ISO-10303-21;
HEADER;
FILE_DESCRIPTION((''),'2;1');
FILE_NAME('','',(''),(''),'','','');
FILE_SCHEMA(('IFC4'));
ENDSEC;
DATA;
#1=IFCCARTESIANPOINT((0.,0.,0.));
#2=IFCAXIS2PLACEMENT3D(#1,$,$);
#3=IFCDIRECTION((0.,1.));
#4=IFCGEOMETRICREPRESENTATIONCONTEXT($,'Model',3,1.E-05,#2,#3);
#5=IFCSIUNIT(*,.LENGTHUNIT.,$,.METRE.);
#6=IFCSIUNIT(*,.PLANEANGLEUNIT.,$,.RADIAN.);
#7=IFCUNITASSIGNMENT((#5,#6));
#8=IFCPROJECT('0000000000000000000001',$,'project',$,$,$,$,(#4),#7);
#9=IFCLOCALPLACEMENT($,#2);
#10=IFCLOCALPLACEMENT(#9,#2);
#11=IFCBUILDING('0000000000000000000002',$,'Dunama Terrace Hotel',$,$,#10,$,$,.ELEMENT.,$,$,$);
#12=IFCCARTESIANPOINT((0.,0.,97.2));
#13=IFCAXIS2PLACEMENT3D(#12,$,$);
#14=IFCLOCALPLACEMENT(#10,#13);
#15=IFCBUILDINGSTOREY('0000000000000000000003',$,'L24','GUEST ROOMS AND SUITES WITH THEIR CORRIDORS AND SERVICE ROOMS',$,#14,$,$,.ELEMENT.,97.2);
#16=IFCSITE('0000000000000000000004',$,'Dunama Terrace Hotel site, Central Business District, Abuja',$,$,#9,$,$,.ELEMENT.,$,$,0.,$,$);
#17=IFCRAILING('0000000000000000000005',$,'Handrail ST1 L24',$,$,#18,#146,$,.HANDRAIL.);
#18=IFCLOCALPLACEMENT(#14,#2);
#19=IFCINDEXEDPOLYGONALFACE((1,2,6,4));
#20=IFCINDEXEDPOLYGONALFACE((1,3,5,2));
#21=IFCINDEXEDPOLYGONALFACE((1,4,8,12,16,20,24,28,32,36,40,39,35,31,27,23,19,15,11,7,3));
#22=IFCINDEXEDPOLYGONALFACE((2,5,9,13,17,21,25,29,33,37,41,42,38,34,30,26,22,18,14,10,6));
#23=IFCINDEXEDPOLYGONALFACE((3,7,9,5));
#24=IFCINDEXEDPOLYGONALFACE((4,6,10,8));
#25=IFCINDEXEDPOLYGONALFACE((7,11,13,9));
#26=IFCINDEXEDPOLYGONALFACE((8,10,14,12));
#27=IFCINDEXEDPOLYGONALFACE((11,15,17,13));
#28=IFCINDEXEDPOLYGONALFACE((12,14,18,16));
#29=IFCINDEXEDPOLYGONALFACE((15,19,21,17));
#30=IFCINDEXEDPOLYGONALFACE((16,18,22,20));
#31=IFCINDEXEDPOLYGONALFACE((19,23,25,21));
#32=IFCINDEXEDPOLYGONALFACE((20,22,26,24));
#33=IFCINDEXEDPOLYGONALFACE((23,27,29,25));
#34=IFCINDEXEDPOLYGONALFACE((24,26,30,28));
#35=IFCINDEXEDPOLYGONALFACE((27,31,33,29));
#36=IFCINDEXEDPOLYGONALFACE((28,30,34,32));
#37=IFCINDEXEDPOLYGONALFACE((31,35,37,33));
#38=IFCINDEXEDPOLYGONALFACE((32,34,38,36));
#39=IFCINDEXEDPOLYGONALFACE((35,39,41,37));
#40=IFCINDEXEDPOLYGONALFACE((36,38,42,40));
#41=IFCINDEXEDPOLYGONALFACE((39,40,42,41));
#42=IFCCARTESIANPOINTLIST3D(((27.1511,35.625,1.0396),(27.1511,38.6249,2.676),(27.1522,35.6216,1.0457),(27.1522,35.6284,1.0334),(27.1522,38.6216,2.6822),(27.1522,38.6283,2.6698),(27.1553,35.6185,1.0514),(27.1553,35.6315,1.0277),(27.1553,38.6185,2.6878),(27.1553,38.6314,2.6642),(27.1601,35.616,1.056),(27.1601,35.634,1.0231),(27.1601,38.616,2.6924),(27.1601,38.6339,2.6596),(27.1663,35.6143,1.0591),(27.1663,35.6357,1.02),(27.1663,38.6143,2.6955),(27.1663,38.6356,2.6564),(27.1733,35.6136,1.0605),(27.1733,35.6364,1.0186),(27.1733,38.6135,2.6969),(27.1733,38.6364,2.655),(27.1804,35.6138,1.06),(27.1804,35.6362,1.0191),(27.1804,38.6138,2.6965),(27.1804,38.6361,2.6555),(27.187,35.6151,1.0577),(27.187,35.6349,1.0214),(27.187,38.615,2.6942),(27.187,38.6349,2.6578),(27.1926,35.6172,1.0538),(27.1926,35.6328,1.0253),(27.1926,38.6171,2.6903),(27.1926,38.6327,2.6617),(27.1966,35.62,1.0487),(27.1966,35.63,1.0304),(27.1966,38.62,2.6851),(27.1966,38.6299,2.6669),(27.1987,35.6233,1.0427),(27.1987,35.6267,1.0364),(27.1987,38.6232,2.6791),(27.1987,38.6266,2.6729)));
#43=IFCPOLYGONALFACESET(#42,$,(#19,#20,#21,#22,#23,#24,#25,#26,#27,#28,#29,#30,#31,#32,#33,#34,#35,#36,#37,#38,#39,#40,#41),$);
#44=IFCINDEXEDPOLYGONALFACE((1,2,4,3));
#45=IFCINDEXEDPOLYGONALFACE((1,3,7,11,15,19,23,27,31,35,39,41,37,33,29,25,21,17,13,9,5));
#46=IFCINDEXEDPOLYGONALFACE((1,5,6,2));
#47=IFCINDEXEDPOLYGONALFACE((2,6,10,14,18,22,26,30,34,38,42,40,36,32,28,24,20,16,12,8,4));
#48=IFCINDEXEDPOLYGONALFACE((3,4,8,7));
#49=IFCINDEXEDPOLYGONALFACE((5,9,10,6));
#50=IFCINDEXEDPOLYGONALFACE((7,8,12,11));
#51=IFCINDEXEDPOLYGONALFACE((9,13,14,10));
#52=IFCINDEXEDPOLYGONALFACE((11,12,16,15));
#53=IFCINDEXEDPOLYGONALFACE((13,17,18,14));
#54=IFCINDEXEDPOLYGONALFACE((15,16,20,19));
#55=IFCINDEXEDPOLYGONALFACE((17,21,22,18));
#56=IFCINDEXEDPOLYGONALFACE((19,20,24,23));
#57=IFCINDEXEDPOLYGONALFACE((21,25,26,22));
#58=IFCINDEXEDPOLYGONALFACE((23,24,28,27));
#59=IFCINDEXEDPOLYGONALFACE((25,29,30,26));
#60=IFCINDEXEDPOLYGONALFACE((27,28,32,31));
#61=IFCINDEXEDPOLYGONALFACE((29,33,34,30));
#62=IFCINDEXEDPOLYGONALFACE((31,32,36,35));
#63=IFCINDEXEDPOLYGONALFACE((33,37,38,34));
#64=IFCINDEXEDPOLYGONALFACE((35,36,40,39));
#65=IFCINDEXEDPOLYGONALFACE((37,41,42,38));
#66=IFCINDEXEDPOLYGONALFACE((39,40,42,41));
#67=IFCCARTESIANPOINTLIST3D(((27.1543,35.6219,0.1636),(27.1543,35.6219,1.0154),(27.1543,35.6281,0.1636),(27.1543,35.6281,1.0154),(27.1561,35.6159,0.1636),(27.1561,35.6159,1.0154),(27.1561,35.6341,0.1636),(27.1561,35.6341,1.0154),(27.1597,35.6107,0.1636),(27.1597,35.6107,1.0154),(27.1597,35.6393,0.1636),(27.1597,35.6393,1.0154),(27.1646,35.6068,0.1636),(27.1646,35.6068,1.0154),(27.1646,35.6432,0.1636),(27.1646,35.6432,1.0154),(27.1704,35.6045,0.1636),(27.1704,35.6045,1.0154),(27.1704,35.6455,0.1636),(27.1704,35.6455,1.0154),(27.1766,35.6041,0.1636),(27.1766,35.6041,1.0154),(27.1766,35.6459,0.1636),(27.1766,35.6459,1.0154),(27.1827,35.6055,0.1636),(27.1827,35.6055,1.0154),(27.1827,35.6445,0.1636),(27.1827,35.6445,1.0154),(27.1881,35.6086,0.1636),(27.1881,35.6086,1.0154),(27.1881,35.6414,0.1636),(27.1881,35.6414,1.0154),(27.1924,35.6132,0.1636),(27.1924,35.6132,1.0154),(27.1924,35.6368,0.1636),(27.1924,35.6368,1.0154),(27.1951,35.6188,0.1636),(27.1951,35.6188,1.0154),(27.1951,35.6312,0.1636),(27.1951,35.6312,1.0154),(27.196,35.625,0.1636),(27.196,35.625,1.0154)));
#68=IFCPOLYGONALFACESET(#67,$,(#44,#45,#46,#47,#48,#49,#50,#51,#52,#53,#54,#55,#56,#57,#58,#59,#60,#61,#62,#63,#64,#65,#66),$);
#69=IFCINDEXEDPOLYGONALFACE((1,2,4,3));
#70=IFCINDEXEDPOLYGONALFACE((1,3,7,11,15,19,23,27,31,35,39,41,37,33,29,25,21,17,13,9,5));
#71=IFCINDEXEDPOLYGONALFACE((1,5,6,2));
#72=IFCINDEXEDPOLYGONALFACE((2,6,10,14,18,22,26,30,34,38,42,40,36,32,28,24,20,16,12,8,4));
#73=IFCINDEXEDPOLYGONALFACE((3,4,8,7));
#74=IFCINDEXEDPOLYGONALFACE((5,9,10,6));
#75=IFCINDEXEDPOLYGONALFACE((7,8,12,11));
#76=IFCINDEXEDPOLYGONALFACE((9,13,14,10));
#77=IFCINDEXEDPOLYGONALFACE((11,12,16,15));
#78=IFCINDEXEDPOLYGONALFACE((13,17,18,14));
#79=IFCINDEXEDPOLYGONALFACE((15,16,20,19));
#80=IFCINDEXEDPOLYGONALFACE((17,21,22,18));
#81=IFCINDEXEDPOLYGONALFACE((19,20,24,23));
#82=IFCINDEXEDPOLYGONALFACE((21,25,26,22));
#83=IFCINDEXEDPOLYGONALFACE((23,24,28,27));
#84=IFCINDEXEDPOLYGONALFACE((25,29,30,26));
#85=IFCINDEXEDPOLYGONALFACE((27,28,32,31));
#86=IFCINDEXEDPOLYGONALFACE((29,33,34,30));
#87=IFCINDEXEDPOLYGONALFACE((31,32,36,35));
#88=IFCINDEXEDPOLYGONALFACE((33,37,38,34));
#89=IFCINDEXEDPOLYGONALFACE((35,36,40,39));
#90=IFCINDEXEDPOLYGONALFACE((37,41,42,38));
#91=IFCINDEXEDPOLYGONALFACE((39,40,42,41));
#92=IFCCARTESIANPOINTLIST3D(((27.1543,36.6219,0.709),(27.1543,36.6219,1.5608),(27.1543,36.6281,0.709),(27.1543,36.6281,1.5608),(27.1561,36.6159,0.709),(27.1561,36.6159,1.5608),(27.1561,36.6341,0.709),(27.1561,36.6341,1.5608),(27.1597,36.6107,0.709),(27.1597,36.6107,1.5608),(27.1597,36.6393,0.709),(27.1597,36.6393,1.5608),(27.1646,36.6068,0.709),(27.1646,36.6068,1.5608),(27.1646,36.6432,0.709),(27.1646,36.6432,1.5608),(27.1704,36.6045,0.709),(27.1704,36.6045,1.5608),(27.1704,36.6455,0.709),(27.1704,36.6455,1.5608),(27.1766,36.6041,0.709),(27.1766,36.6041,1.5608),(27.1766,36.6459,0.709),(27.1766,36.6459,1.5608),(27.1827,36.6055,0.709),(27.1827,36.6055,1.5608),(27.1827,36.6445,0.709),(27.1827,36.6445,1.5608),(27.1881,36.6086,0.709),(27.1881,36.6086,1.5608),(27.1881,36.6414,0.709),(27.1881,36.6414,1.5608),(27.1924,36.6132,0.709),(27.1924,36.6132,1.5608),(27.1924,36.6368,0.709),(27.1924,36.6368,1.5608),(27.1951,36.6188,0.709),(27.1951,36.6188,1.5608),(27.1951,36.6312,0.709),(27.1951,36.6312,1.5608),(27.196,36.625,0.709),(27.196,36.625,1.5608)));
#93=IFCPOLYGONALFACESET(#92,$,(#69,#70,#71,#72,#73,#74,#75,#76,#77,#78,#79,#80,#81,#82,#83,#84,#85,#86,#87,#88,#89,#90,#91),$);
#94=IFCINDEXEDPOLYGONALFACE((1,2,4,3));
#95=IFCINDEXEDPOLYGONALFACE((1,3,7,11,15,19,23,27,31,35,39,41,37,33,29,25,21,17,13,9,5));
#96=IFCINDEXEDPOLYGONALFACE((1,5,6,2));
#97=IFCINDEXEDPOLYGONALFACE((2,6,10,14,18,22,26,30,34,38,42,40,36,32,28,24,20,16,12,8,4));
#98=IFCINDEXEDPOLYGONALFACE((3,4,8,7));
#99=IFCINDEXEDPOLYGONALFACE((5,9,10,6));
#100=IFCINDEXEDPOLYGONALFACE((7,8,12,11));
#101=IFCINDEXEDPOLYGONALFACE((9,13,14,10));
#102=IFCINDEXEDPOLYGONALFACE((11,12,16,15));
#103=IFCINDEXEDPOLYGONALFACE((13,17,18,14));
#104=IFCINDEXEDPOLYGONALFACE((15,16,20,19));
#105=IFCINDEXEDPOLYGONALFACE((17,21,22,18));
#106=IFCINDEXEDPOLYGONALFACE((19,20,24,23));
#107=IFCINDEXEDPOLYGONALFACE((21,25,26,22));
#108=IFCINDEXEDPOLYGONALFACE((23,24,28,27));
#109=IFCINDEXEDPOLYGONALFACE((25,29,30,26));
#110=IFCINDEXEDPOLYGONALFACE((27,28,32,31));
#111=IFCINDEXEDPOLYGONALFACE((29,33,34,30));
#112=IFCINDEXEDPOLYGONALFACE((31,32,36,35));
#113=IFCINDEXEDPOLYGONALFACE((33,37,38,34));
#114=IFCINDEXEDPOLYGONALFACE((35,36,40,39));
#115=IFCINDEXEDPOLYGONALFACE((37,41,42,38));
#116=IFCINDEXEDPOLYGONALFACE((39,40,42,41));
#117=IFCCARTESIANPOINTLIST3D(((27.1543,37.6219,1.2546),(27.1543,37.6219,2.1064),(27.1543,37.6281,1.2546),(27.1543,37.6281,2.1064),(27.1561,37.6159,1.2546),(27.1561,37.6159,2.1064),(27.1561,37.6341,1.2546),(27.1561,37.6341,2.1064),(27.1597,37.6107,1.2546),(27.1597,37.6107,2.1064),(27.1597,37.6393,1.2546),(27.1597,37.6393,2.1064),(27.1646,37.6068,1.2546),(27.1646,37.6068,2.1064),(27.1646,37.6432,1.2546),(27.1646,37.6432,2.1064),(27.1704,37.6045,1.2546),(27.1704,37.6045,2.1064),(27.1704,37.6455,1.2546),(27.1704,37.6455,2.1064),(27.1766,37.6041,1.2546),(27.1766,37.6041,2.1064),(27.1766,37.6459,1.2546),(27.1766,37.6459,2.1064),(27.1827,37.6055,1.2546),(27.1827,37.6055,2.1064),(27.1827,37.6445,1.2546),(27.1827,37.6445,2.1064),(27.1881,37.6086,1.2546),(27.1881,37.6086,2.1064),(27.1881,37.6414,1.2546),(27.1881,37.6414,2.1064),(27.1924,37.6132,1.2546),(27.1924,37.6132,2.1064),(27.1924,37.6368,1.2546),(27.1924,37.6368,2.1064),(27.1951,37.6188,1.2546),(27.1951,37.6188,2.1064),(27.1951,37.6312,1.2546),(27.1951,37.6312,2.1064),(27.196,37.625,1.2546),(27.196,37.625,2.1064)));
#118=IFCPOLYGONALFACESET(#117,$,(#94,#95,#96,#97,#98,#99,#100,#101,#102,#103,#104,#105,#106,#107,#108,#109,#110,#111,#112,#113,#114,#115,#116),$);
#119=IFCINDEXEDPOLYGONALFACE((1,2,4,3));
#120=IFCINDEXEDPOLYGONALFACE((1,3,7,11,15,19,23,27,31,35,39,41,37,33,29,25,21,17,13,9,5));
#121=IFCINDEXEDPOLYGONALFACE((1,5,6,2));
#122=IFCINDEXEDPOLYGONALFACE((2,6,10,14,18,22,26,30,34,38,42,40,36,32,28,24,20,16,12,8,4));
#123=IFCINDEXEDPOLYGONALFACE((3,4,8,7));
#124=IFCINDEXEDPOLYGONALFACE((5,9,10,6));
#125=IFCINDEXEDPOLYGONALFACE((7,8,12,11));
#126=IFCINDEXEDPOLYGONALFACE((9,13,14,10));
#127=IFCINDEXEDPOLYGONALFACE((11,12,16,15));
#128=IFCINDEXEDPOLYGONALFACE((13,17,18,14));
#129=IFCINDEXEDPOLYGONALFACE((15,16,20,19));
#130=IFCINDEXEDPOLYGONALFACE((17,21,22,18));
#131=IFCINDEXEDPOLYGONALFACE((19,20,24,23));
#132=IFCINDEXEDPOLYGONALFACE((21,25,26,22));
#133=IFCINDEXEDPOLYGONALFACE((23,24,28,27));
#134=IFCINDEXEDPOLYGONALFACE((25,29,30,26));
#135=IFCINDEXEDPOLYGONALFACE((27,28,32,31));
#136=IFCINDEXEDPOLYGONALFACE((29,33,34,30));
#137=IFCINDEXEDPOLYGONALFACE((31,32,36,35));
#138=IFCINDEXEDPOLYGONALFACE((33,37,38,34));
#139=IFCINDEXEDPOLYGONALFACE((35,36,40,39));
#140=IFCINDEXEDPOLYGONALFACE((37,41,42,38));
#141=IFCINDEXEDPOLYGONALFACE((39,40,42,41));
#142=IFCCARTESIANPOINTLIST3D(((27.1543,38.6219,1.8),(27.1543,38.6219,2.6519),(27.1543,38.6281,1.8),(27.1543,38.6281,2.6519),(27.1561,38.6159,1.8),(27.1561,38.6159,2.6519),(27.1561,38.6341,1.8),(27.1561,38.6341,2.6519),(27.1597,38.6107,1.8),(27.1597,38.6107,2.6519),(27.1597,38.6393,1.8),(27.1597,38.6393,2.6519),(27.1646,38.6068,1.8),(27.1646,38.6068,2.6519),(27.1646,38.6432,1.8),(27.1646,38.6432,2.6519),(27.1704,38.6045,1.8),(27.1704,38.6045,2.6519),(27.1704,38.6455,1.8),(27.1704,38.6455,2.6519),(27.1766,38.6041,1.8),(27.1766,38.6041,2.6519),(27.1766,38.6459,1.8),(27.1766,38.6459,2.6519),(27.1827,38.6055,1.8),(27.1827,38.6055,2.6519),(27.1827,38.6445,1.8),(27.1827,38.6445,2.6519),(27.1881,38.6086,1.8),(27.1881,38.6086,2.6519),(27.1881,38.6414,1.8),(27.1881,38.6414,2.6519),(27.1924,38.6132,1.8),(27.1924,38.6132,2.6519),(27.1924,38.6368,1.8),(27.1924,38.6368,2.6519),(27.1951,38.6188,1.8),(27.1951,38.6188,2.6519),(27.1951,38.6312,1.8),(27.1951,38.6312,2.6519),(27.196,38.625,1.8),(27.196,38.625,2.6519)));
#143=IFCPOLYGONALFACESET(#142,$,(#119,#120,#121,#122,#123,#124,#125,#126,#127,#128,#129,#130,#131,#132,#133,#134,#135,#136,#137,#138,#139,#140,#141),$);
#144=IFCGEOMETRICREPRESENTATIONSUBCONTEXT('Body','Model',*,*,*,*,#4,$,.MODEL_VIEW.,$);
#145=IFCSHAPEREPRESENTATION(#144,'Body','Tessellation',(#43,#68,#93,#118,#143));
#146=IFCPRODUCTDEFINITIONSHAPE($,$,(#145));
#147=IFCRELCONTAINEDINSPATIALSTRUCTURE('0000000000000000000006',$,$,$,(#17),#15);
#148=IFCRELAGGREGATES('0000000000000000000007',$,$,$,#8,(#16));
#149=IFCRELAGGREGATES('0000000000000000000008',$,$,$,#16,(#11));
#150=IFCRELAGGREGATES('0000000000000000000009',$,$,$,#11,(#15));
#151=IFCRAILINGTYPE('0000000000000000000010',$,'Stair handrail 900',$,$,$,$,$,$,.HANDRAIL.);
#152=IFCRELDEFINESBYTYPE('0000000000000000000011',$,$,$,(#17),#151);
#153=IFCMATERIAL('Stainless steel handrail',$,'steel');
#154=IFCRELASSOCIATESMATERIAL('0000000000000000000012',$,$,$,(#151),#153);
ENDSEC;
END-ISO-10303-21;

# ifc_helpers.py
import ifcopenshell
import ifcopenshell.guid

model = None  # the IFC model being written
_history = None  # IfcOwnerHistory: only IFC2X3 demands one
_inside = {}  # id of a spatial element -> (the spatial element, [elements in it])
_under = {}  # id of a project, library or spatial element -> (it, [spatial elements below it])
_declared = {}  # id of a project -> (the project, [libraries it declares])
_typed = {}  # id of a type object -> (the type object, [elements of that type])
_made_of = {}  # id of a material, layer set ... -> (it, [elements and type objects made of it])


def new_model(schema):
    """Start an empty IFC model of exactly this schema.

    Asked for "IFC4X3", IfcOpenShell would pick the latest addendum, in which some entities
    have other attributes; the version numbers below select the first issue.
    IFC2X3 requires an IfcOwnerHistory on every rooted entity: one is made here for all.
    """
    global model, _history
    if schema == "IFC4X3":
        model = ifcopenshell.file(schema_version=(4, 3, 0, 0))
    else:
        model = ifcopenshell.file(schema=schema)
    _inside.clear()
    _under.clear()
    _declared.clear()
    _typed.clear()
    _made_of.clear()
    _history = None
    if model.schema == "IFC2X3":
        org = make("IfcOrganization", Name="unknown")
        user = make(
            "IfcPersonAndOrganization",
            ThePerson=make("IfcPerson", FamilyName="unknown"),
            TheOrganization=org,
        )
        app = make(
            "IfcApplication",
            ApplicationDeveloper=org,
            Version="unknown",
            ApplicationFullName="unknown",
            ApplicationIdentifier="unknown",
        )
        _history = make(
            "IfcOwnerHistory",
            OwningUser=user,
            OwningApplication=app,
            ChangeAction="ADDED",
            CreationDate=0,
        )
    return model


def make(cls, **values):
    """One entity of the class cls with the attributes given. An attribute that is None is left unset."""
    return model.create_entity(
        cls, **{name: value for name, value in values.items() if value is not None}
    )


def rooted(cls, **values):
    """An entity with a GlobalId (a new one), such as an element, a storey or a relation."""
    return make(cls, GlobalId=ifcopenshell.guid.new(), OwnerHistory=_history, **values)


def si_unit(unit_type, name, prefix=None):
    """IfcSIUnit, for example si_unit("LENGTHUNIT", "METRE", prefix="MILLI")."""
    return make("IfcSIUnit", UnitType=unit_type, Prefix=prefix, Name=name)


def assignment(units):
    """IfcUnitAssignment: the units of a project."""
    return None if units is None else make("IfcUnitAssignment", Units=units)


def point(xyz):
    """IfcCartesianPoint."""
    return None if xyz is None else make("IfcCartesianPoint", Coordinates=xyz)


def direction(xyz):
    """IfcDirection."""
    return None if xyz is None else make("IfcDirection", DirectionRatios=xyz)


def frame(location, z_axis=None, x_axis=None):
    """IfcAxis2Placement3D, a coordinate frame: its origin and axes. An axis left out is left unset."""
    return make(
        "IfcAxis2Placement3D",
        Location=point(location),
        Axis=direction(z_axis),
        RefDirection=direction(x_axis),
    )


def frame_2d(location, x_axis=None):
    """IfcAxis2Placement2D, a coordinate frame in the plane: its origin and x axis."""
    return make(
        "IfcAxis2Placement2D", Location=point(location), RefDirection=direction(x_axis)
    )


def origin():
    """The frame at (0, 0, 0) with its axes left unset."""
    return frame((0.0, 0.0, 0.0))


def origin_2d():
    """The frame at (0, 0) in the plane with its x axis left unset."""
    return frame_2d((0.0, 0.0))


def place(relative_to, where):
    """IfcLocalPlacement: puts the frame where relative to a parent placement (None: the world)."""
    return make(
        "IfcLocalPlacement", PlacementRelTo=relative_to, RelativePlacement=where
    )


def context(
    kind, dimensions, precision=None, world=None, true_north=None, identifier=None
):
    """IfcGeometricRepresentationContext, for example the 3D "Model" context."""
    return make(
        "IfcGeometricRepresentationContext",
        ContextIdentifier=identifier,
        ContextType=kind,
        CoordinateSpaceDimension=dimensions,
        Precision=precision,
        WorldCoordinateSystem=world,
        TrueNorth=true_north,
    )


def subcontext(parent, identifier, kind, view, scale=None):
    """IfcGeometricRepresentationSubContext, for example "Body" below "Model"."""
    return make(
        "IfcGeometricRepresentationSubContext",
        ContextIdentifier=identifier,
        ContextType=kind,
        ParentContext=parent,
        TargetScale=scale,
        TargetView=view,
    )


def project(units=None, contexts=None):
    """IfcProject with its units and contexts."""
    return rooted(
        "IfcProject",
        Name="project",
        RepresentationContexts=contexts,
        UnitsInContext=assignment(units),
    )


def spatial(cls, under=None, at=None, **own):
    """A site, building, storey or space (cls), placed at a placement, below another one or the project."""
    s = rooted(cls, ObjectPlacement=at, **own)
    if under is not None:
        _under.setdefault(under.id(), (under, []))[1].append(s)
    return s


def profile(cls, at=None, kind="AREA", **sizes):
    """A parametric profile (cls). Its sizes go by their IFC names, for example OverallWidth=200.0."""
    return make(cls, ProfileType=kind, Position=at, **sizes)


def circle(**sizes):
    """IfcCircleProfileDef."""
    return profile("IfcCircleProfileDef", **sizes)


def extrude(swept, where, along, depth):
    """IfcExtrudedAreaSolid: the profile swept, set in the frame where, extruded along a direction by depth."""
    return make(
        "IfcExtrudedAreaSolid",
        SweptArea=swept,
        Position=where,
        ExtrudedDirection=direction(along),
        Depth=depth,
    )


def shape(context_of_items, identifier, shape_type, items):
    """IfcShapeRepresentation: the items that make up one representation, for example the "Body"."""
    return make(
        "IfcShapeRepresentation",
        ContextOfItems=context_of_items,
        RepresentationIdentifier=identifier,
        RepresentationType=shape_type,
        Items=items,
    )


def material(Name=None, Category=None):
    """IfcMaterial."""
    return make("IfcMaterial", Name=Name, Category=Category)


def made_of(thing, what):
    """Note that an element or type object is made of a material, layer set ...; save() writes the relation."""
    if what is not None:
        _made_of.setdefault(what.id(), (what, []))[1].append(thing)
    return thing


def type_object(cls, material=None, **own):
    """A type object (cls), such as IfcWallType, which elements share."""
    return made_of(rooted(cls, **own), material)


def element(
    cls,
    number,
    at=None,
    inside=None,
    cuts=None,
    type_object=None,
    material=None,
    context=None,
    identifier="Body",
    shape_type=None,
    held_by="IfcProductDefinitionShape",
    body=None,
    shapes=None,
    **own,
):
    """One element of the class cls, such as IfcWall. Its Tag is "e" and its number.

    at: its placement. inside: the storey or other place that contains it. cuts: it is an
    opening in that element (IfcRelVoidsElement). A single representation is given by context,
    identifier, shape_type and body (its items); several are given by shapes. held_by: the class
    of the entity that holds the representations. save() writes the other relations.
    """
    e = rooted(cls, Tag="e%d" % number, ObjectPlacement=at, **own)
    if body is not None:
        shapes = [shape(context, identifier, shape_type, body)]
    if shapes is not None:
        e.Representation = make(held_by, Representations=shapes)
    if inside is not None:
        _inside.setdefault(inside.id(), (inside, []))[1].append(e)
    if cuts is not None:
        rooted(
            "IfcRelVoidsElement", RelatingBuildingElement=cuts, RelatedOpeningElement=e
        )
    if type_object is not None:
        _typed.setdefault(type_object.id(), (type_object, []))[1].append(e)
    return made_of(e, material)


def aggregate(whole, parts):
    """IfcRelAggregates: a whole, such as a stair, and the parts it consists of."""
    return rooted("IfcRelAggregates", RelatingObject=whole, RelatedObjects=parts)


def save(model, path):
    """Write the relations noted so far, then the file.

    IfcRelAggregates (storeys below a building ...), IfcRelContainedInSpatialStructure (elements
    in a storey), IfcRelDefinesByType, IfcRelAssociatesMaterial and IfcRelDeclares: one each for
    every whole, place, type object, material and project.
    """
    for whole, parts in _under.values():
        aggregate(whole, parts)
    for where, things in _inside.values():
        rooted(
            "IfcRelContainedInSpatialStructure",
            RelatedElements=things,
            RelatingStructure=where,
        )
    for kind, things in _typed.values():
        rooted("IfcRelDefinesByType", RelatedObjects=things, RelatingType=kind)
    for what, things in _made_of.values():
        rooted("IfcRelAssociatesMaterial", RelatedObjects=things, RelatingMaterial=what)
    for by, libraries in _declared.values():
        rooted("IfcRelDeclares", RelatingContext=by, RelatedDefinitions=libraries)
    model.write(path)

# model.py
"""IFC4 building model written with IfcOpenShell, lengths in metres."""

from ifc_helpers import new_model, si_unit, direction, frame, origin, origin_2d, place, context, subcontext, project, spatial, circle, extrude, material, type_object, element, save


model = new_model("IFC4")

# Units and contexts
model_context = context("Model", 3, precision=1e-05, world=origin(), true_north=direction((0.0, 1.0)))
body_context = subcontext(model_context, "Body", "Model", "MODEL_VIEW")
ifc_project = project(units=[si_unit("LENGTHUNIT", "METRE"), si_unit("PLANEANGLEUNIT", "RADIAN")], contexts=[model_context])

# Site, building, storey
site_placement = place(None, origin())
site = spatial("IfcSite", under=ifc_project, at=site_placement, Name="Dunama Terrace Hotel site, Central Business District, Abuja", CompositionType="ELEMENT", RefElevation=0.0)
building_placement = place(site_placement, origin())
building = spatial("IfcBuilding", under=site, at=building_placement, Name="Dunama Terrace Hotel", CompositionType="ELEMENT")
storey_placement = place(building_placement, frame((0.0, 0.0, 97.2)))
storey = spatial("IfcBuildingStorey", under=building, at=storey_placement, Name="L24", Description="GUEST ROOMS AND SUITES WITH THEIR CORRIDORS AND SERVICE ROOMS", CompositionType="ELEMENT", Elevation=97.2)

# Railing
ifc_material_1 = material(Name="Stainless steel handrail", Category="steel")
railing_type = type_object("IfcRailingType", Name="Stair handrail 900", PredefinedType="HANDRAIL", material=ifc_material_1)
railing_1_placement = place(storey_placement, frame((27.175, 35.625, 0.1636)))
element("IfcRailing", 1, at=railing_1_placement, inside=storey, type_object=railing_type, Name="Handrail ST1 L24", PredefinedType="HANDRAIL", context=body_context, shape_type="SweptSolid", body=[
    extrude(circle(Radius=0.0239, at=origin_2d()), frame((0.0, 0.0, 0.876), z_axis=(0.0, 0.877882, 0.478877), x_axis=(-1.0, 0.0, 0.0)), (0.0, 0.0, 1.0), 3.4172),
    extrude(circle(Radius=0.021, at=origin_2d()), origin(), (0.0, 0.0, 1.0), 0.8518),
    extrude(circle(Radius=0.021, at=origin_2d()), frame((0.0, 1.0, 0.5454)), (0.0, 0.0, 1.0), 0.8518),
    extrude(circle(Radius=0.021, at=origin_2d()), frame((0.0, 2.0, 1.0911)), (0.0, 0.0, 1.0), 0.8518),
    extrude(circle(Radius=0.021, at=origin_2d()), frame((0.0, 3.0, 1.6365)), (0.0, 0.0, 1.0), 0.8518),
])

save(model, "model.ifc")
